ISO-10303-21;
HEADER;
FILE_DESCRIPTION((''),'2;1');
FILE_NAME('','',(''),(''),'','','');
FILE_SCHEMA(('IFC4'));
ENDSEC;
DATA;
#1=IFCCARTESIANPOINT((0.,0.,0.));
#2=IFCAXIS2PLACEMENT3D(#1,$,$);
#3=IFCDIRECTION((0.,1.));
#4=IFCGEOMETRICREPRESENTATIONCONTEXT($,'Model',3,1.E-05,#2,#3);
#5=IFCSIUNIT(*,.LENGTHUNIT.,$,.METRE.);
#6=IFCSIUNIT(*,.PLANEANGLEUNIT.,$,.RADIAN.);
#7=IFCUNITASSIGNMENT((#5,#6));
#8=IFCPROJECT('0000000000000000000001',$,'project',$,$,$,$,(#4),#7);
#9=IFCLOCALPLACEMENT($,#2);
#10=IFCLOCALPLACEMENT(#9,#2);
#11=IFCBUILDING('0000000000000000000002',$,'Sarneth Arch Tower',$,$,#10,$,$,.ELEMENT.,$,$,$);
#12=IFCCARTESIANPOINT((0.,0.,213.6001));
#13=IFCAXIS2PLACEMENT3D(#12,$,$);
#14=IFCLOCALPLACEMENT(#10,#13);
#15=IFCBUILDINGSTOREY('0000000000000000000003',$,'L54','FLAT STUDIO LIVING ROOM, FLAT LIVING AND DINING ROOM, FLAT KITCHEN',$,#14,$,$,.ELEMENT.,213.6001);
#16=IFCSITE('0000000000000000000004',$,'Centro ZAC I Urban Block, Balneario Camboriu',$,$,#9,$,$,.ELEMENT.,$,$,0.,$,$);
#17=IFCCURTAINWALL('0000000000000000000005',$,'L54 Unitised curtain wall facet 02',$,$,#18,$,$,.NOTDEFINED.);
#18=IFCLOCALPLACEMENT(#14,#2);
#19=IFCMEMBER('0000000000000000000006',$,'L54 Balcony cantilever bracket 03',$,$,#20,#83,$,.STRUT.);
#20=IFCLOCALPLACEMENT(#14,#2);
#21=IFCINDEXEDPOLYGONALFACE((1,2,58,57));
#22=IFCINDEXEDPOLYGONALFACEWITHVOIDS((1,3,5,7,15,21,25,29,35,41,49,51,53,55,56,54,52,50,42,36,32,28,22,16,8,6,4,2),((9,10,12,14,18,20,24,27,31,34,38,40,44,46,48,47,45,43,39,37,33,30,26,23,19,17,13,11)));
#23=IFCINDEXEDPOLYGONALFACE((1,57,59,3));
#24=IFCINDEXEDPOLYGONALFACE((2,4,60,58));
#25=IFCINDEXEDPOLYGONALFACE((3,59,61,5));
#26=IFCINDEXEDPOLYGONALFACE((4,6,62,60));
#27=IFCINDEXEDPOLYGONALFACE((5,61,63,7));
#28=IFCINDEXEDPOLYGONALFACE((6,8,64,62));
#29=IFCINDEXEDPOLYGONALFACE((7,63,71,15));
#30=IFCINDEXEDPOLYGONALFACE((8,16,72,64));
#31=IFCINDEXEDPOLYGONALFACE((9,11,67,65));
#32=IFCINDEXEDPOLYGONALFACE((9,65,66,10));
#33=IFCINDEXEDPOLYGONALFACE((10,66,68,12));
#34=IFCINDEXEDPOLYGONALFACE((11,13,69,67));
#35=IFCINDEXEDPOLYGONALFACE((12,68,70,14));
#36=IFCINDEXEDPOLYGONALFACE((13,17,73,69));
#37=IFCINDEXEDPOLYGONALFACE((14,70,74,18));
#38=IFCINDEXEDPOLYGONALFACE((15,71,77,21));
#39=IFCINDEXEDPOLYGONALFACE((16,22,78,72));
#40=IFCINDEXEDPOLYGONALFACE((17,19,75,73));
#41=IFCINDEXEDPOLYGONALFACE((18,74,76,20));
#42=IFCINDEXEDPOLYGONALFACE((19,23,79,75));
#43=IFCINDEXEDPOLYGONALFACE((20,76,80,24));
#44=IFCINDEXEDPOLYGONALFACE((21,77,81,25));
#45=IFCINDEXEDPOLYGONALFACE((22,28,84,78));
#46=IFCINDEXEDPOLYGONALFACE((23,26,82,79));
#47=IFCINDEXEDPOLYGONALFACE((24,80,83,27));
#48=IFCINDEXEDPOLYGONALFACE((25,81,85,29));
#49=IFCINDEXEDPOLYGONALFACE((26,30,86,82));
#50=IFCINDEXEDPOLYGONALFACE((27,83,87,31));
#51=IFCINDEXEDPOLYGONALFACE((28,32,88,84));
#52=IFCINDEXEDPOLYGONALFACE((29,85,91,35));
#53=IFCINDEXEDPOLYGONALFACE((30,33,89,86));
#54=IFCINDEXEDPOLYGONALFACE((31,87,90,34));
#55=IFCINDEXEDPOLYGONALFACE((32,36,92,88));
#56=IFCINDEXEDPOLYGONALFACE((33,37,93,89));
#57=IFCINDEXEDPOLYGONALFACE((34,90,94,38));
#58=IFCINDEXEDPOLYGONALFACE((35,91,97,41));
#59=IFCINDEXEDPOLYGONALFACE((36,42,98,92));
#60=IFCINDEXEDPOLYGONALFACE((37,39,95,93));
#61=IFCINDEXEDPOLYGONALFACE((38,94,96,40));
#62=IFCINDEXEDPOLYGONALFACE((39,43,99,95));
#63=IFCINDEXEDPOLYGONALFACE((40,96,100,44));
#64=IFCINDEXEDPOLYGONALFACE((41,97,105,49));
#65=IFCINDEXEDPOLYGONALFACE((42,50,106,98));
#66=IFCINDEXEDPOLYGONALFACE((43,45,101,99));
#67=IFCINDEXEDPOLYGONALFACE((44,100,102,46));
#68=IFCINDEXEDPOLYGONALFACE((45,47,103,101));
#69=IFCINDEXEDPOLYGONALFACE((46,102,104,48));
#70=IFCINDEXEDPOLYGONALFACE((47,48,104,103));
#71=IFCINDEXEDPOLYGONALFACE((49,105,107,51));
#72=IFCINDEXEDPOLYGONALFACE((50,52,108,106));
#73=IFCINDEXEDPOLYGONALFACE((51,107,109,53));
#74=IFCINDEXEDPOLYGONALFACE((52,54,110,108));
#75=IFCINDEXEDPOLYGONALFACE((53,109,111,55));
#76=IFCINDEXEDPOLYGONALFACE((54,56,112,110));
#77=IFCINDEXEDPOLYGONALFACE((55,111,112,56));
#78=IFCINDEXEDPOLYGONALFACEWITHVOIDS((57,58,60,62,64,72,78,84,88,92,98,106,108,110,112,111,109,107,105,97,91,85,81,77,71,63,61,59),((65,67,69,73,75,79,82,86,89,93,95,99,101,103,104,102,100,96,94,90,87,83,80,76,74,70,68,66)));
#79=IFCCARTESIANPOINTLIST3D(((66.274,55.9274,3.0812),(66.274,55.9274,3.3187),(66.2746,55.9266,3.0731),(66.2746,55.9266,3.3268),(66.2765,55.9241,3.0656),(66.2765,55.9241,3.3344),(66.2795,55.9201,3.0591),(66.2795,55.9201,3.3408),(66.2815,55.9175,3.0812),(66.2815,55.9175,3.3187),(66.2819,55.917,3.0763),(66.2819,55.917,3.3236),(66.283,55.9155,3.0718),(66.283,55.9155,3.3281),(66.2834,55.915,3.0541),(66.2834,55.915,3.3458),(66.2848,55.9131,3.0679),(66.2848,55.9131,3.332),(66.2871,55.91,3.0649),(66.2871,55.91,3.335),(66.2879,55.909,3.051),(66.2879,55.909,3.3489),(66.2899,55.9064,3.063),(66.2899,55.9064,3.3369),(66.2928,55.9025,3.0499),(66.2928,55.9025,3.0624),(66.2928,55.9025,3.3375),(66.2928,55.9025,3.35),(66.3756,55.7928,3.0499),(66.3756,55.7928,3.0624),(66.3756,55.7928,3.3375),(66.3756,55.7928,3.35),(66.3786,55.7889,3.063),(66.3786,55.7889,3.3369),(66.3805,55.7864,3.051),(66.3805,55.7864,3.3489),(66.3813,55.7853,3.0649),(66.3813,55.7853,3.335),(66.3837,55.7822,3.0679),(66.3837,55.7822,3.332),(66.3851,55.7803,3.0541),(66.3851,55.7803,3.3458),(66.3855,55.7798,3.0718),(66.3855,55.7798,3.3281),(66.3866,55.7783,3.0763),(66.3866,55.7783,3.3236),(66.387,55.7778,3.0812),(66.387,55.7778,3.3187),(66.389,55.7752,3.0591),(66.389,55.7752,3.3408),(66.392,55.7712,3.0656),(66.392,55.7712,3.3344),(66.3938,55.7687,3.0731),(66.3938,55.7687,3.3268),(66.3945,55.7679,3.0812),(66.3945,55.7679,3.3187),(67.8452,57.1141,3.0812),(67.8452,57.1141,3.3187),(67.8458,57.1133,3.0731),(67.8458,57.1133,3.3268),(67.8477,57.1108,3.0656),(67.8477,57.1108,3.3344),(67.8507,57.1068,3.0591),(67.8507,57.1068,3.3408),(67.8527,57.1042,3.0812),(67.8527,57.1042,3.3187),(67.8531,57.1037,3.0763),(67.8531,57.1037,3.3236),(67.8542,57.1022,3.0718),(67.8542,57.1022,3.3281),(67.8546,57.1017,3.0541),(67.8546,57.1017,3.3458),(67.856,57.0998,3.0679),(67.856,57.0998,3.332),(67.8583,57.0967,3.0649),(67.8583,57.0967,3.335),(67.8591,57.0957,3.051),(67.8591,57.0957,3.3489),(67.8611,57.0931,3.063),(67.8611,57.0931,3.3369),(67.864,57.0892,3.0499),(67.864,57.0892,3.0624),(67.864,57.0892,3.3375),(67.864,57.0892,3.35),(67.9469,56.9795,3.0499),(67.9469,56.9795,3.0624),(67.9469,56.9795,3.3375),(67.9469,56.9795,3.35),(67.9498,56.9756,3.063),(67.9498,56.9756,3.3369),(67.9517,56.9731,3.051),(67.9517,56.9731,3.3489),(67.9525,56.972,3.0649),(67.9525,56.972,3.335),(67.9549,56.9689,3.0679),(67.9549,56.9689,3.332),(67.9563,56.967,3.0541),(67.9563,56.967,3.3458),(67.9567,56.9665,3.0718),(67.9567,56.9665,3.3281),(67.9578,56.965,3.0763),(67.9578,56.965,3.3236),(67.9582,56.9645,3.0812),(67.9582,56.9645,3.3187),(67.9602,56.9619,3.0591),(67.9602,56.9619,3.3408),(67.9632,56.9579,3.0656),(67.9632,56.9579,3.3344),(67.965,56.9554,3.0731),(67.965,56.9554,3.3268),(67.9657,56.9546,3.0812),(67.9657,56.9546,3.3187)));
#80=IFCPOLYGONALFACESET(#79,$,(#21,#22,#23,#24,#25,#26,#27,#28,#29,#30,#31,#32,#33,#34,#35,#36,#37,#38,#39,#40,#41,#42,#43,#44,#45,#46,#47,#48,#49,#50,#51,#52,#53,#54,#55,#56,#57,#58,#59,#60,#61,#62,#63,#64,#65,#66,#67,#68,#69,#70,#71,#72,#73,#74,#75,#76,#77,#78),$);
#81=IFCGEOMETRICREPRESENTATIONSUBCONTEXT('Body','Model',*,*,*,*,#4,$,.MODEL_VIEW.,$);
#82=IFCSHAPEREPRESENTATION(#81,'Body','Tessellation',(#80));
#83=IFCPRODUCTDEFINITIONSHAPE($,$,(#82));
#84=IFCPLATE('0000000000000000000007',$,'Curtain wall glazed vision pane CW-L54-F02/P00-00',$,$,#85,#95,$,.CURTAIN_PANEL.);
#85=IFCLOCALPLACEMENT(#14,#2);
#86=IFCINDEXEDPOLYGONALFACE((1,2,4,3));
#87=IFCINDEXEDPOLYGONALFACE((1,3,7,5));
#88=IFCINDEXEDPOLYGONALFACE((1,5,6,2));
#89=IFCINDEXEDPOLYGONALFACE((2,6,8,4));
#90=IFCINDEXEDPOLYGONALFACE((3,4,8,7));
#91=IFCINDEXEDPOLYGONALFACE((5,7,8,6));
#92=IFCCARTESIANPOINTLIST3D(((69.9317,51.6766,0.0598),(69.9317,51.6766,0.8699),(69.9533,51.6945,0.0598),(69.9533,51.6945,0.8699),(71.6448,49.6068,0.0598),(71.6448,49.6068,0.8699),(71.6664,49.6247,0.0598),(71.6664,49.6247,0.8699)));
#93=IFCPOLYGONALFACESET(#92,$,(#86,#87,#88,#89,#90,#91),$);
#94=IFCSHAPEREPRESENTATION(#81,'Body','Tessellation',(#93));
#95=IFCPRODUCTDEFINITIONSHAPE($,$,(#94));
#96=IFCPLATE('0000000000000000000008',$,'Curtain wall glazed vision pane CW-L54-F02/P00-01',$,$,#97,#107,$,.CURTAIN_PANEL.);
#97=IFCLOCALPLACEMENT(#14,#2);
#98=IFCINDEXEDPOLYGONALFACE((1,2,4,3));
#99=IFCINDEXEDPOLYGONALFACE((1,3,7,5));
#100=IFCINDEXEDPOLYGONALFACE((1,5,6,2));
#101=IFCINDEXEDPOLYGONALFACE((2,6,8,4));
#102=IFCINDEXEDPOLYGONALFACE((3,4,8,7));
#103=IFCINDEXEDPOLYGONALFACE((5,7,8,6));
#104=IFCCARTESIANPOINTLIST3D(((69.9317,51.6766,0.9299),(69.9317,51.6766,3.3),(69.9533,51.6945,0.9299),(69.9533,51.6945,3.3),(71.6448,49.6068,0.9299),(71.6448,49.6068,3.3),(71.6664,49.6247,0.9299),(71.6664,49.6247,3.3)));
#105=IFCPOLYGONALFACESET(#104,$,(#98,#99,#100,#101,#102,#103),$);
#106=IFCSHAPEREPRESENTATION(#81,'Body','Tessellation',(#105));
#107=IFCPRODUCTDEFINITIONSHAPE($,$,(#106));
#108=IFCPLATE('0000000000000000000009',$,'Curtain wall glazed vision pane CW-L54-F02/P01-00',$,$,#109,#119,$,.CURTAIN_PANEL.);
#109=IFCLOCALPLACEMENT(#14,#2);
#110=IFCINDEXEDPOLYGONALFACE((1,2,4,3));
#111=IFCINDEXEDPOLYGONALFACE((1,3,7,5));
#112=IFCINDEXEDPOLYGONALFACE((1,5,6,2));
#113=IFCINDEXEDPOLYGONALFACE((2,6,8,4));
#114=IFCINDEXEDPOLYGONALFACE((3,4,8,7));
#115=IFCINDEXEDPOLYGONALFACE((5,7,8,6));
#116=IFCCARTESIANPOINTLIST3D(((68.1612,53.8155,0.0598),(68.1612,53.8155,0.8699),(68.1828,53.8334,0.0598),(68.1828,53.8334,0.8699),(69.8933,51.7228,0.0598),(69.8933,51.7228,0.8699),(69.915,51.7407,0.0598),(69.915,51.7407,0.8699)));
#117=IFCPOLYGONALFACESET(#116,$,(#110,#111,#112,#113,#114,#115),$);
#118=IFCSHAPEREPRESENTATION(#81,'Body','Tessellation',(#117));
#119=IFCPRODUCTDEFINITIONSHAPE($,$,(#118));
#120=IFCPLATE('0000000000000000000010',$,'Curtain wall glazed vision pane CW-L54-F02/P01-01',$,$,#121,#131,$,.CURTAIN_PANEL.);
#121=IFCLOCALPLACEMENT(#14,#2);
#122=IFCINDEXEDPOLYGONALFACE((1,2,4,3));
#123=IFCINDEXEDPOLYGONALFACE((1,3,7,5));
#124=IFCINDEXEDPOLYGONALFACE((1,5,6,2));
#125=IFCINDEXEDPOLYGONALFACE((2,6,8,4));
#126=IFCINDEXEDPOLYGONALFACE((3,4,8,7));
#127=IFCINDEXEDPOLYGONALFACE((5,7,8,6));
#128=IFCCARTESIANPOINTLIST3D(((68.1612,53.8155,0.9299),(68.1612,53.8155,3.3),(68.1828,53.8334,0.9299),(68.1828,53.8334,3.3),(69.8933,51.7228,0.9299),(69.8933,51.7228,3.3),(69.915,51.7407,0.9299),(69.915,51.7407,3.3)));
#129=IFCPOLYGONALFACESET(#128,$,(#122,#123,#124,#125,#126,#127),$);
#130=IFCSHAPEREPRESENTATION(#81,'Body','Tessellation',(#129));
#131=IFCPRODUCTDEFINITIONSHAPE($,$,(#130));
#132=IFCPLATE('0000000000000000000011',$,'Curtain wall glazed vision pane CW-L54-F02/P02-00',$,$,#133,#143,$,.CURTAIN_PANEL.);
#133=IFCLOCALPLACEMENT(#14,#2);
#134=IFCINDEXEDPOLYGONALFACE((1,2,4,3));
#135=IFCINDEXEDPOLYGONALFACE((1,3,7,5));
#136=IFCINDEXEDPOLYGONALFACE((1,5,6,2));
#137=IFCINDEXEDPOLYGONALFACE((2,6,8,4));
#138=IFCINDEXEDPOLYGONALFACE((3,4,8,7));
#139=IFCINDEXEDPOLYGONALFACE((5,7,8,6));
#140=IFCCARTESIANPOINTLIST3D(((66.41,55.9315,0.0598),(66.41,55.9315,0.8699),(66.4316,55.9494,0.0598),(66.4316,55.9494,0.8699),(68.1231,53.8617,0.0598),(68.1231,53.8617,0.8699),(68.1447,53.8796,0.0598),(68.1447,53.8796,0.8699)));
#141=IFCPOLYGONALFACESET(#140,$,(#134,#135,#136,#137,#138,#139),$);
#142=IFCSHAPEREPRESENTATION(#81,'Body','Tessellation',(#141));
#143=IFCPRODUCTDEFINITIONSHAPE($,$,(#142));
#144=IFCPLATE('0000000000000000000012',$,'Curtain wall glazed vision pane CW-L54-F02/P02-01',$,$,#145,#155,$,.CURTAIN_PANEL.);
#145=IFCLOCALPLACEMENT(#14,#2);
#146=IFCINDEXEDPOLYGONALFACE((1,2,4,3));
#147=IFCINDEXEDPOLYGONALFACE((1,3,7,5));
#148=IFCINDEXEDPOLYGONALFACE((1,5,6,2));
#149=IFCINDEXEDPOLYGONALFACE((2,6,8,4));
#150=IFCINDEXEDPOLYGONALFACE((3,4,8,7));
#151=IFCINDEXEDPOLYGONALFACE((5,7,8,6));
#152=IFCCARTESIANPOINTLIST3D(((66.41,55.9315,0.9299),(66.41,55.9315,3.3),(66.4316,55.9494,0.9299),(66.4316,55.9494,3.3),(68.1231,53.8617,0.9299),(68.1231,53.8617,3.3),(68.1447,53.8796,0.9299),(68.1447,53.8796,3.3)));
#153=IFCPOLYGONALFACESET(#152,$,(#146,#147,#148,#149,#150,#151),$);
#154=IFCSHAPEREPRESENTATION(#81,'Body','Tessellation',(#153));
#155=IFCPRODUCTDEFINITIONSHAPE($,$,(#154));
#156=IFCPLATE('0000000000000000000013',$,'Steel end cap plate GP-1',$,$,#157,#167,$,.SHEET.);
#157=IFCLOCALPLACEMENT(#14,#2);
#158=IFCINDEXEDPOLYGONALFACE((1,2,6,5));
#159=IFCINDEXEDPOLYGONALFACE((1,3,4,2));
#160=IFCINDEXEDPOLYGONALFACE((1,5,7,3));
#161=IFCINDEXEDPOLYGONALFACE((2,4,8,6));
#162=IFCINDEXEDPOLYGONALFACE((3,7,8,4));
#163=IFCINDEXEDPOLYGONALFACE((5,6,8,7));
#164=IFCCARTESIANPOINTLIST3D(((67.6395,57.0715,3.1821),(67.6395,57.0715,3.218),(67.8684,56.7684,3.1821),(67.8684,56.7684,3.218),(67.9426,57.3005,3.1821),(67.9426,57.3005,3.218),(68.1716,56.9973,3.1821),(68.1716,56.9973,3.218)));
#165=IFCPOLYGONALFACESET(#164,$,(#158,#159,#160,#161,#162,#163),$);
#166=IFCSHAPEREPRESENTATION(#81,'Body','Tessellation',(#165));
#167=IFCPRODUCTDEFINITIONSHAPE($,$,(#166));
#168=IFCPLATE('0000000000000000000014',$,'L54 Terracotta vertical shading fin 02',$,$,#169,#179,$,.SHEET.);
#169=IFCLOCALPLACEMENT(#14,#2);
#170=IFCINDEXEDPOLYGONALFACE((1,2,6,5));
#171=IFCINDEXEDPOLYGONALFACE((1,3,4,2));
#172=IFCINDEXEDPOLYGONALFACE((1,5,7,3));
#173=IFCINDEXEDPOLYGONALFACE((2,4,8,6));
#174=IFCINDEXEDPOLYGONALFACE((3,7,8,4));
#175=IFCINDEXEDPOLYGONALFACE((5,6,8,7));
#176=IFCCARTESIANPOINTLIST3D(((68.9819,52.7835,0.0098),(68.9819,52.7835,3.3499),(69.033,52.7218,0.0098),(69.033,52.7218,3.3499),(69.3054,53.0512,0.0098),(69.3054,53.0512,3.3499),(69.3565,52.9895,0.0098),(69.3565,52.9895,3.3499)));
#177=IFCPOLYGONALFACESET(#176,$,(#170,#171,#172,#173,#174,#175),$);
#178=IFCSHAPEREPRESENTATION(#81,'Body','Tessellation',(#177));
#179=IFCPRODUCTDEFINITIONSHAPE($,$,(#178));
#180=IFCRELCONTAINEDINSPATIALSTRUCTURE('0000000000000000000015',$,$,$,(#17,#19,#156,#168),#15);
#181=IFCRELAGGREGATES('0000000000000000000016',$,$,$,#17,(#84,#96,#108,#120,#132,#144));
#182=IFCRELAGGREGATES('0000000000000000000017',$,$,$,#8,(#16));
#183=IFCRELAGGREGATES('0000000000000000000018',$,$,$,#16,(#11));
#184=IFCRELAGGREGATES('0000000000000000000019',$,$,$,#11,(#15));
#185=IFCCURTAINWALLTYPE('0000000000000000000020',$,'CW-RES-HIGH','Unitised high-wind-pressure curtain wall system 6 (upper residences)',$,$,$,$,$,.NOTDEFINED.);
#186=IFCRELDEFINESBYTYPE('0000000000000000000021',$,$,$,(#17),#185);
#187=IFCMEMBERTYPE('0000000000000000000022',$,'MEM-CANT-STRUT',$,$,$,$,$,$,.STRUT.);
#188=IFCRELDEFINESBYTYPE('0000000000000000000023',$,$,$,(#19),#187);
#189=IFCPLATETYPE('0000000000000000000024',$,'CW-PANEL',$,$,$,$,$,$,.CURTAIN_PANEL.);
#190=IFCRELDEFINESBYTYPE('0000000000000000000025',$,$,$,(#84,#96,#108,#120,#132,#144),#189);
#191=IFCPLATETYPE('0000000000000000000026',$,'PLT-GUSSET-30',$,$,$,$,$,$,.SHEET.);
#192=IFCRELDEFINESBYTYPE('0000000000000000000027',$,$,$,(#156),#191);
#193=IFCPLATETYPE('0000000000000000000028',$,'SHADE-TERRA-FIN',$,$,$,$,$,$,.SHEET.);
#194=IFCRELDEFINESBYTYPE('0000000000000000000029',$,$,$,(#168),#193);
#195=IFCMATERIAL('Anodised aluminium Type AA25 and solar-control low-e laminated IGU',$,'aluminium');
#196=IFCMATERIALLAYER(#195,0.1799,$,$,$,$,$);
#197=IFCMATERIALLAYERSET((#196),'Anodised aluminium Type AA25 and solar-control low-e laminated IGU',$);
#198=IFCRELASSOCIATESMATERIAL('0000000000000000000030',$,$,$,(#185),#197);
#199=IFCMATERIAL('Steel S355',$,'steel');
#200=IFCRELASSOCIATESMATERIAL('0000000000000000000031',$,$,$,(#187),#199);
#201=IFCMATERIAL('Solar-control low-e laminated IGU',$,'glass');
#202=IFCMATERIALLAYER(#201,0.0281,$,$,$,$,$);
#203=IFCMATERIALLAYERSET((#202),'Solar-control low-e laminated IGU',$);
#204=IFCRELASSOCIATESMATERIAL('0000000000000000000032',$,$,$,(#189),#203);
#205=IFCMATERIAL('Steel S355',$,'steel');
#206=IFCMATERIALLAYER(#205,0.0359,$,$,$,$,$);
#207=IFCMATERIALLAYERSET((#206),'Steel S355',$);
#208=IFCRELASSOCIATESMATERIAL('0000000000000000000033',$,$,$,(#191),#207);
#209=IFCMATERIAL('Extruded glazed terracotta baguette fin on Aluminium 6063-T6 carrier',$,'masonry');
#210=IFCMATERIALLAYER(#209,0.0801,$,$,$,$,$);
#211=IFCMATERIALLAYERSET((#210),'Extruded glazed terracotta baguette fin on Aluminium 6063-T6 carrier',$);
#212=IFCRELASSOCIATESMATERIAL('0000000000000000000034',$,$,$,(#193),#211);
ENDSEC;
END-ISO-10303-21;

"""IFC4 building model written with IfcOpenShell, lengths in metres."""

from ifc_helpers import new_model, si_unit, direction, frame, origin, origin_2d, place, context, subcontext, project, spatial, rectangle, hollow_rectangle, extrude, material, layer, layer_set, material_profile, profile_set, type_object, element, aggregate, save


model = new_model("IFC4")

# Units and contexts
model_context = context("Model", 3, precision=1e-05, world=origin(), true_north=direction((0.0, 1.0)))
body_context = subcontext(model_context, "Body", "Model", "MODEL_VIEW")
ifc_project = project(units=[si_unit("LENGTHUNIT", "METRE"), si_unit("PLANEANGLEUNIT", "RADIAN")], contexts=[model_context])

# Site, building, storey
site_placement = place(None, origin())
site = spatial("IfcSite", under=ifc_project, at=site_placement, Name="Centro ZAC I Urban Block, Balneario Camboriu", CompositionType="ELEMENT", RefElevation=0.0)
building_placement = place(site_placement, origin())
building = spatial("IfcBuilding", under=site, at=building_placement, Name="Sarneth Arch Tower", CompositionType="ELEMENT")
storey_placement = place(building_placement, frame((0.0, 0.0, 213.6001)))
storey = spatial("IfcBuildingStorey", under=building, at=storey_placement, Name="L54", Description="FLAT STUDIO LIVING ROOM, FLAT LIVING AND DINING ROOM, FLAT KITCHEN", CompositionType="ELEMENT", Elevation=213.6001)

# Curtain wall
ifc_material_1 = material(Name="Anodised aluminium Type AA25 and solar-control low-e laminated IGU", Category="aluminium")
ifc_layer_1 = layer(ifc_material_1, 0.1799)
ifc_layer_set_1 = layer_set([ifc_layer_1], Name="Anodised aluminium Type AA25 and solar-control low-e laminated IGU")
curtain_wall_type = type_object("IfcCurtainWallType", Name="CW-RES-HIGH", Description="Unitised high-wind-pressure curtain wall system 6 (upper residences)", PredefinedType="NOTDEFINED", material=ifc_layer_set_1)
curtain_wall_placement = place(storey_placement, origin())
curtain_wall = element("IfcCurtainWall", 1, at=curtain_wall_placement, inside=storey, type_object=curtain_wall_type, Name="L54 Unitised curtain wall facet 02", PredefinedType="NOTDEFINED")

# Member
ifc_material_2 = material(Name="Steel S355", Category="steel")
ifc_material_profile_1 = material_profile(ifc_material_2, hollow_rectangle(XDim=0.2, YDim=0.3, WallThickness=0.0125, InnerFilletRadius=0.0188, OuterFilletRadius=0.0312, at=origin_2d()), Name="RHS300x200x12.5")
ifc_profile_set_1 = profile_set([ifc_material_profile_1], Name="Steel S355")
member_type_1 = type_object("IfcMemberType", Name="MEM-CANT-STRUT", PredefinedType="STRUT", material=ifc_profile_set_1)
member_1_placement = place(storey_placement, frame((66.3342, 55.8477, 3.2), z_axis=(0.797972, 0.602695, 0.0), x_axis=(-0.602695, 0.797972, 0.0)))
element("IfcMember", 2, at=member_1_placement, inside=storey, type_object=member_type_1, Name="L54 Balcony cantilever bracket 03", PredefinedType="STRUT", context=body_context, shape_type="SweptSolid", body=[
    extrude(hollow_rectangle(XDim=0.2, YDim=0.3, WallThickness=0.0125, InnerFilletRadius=0.0188, OuterFilletRadius=0.0312, at=origin_2d()), origin(), (0.0, 0.0, 1.0), 1.969),
])

# Plates
ifc_material_3 = material(Name="Solar-control low-e laminated IGU", Category="glass")
ifc_layer_2 = layer(ifc_material_3, 0.0281)
ifc_layer_set_2 = layer_set([ifc_layer_2], Name="Solar-control low-e laminated IGU")
plate_type_1 = type_object("IfcPlateType", Name="CW-PANEL", PredefinedType="CURTAIN_PANEL", material=ifc_layer_set_2)
plate_1_placement = place(storey_placement, frame((70.7991, 50.6506, 0.0598), z_axis=(0.0, 0.0, 1.0), x_axis=(-0.63761, 0.770359, 0.0)))
plate_1 = element("IfcPlate", 3, at=plate_1_placement, type_object=plate_type_1, Name="Curtain wall glazed vision pane CW-L54-F02/P00-00", PredefinedType="CURTAIN_PANEL", context=body_context, shape_type="SweptSolid", body=[
    extrude(rectangle(XDim=2.6868, YDim=0.0281, at=origin_2d()), origin(), (0.0, 0.0, 1.0), 0.8101),
])
plate_2_placement = place(storey_placement, frame((70.7991, 50.6506, 0.9299), z_axis=(0.0, 0.0, 1.0), x_axis=(-0.63761, 0.770359, 0.0)))
plate_2 = element("IfcPlate", 4, at=plate_2_placement, type_object=plate_type_1, Name="Curtain wall glazed vision pane CW-L54-F02/P00-01", PredefinedType="CURTAIN_PANEL", context=body_context, shape_type="SweptSolid", body=[
    extrude(rectangle(XDim=2.6868, YDim=0.0281, at=origin_2d()), origin(), (0.0, 0.0, 1.0), 2.3701),
])
plate_3_placement = place(storey_placement, frame((69.0381, 52.7781, 0.0598), z_axis=(0.0, 0.0, 1.0), x_axis=(-0.63761, 0.770359, 0.0)))
plate_3 = element("IfcPlate", 5, at=plate_3_placement, type_object=plate_type_1, Name="Curtain wall glazed vision pane CW-L54-F02/P01-00", PredefinedType="CURTAIN_PANEL", context=body_context, shape_type="SweptSolid", body=[
    extrude(rectangle(XDim=2.7166, YDim=0.0281, at=origin_2d()), origin(), (0.0, 0.0, 1.0), 0.8101),
])
plate_4_placement = place(storey_placement, frame((69.0381, 52.7781, 0.9299), z_axis=(0.0, 0.0, 1.0), x_axis=(-0.63761, 0.770359, 0.0)))
plate_4 = element("IfcPlate", 6, at=plate_4_placement, type_object=plate_type_1, Name="Curtain wall glazed vision pane CW-L54-F02/P01-01", PredefinedType="CURTAIN_PANEL", context=body_context, shape_type="SweptSolid", body=[
    extrude(rectangle(XDim=2.7166, YDim=0.0281, at=origin_2d()), origin(), (0.0, 0.0, 1.0), 2.3701),
])
plate_5_placement = place(storey_placement, frame((67.2773, 54.9055, 0.0598), z_axis=(0.0, 0.0, 1.0), x_axis=(-0.63761, 0.770359, 0.0)))
plate_5 = element("IfcPlate", 7, at=plate_5_placement, type_object=plate_type_1, Name="Curtain wall glazed vision pane CW-L54-F02/P02-00", PredefinedType="CURTAIN_PANEL", context=body_context, shape_type="SweptSolid", body=[
    extrude(rectangle(XDim=2.6868, YDim=0.0281, at=origin_2d()), origin(), (0.0, 0.0, 1.0), 0.8101),
])
plate_6_placement = place(storey_placement, frame((67.2773, 54.9055, 0.9299), z_axis=(0.0, 0.0, 1.0), x_axis=(-0.63761, 0.770359, 0.0)))
plate_6 = element("IfcPlate", 8, at=plate_6_placement, type_object=plate_type_1, Name="Curtain wall glazed vision pane CW-L54-F02/P02-01", PredefinedType="CURTAIN_PANEL", context=body_context, shape_type="SweptSolid", body=[
    extrude(rectangle(XDim=2.6868, YDim=0.0281, at=origin_2d()), origin(), (0.0, 0.0, 1.0), 2.3701),
])
aggregate(curtain_wall, [plate_1, plate_2, plate_3, plate_4, plate_5, plate_6])

# Plates
ifc_material_4 = material(Name="Steel S355", Category="steel")
ifc_layer_3 = layer(ifc_material_4, 0.0359)
ifc_layer_set_3 = layer_set([ifc_layer_3], Name="Steel S355")
plate_type_2 = type_object("IfcPlateType", Name="PLT-GUSSET-30", PredefinedType="SHEET", material=ifc_layer_set_3)
plate_7_placement = place(storey_placement, frame((67.9055, 57.0344, 3.1821), z_axis=(0.0, 0.0, 1.0), x_axis=(0.798005, 0.602651, 0.0)))
element("IfcPlate", 9, at=plate_7_placement, inside=storey, type_object=plate_type_2, Name="Steel end cap plate GP-1", PredefinedType="SHEET", context=body_context, shape_type="SweptSolid", body=[
    extrude(rectangle(XDim=0.3799, YDim=0.3799, at=origin_2d()), origin(), (0.0, 0.0, 1.0), 0.0359),
])
ifc_material_5 = material(Name="Extruded glazed terracotta baguette fin on Aluminium 6063-T6 carrier", Category="masonry")
ifc_layer_4 = layer(ifc_material_5, 0.0801)
ifc_layer_set_4 = layer_set([ifc_layer_4], Name="Extruded glazed terracotta baguette fin on Aluminium 6063-T6 carrier")
plate_type_3 = type_object("IfcPlateType", Name="SHADE-TERRA-FIN", PredefinedType="SHEET", material=ifc_layer_set_4)
plate_8_placement = place(storey_placement, frame((69.1692, 52.8865, 0.0098), z_axis=(0.0, 0.0, 1.0), x_axis=(0.770402, 0.637558, 0.0)))
element("IfcPlate", 10, at=plate_8_placement, inside=storey, type_object=plate_type_3, Name="L54 Terracotta vertical shading fin 02", PredefinedType="SHEET", context=body_context, shape_type="SweptSolid", body=[
    extrude(rectangle(XDim=0.4199, YDim=0.0801, at=origin_2d()), origin(), (0.0, 0.0, 1.0), 3.3401),
])

save(model, "model.ifc")
